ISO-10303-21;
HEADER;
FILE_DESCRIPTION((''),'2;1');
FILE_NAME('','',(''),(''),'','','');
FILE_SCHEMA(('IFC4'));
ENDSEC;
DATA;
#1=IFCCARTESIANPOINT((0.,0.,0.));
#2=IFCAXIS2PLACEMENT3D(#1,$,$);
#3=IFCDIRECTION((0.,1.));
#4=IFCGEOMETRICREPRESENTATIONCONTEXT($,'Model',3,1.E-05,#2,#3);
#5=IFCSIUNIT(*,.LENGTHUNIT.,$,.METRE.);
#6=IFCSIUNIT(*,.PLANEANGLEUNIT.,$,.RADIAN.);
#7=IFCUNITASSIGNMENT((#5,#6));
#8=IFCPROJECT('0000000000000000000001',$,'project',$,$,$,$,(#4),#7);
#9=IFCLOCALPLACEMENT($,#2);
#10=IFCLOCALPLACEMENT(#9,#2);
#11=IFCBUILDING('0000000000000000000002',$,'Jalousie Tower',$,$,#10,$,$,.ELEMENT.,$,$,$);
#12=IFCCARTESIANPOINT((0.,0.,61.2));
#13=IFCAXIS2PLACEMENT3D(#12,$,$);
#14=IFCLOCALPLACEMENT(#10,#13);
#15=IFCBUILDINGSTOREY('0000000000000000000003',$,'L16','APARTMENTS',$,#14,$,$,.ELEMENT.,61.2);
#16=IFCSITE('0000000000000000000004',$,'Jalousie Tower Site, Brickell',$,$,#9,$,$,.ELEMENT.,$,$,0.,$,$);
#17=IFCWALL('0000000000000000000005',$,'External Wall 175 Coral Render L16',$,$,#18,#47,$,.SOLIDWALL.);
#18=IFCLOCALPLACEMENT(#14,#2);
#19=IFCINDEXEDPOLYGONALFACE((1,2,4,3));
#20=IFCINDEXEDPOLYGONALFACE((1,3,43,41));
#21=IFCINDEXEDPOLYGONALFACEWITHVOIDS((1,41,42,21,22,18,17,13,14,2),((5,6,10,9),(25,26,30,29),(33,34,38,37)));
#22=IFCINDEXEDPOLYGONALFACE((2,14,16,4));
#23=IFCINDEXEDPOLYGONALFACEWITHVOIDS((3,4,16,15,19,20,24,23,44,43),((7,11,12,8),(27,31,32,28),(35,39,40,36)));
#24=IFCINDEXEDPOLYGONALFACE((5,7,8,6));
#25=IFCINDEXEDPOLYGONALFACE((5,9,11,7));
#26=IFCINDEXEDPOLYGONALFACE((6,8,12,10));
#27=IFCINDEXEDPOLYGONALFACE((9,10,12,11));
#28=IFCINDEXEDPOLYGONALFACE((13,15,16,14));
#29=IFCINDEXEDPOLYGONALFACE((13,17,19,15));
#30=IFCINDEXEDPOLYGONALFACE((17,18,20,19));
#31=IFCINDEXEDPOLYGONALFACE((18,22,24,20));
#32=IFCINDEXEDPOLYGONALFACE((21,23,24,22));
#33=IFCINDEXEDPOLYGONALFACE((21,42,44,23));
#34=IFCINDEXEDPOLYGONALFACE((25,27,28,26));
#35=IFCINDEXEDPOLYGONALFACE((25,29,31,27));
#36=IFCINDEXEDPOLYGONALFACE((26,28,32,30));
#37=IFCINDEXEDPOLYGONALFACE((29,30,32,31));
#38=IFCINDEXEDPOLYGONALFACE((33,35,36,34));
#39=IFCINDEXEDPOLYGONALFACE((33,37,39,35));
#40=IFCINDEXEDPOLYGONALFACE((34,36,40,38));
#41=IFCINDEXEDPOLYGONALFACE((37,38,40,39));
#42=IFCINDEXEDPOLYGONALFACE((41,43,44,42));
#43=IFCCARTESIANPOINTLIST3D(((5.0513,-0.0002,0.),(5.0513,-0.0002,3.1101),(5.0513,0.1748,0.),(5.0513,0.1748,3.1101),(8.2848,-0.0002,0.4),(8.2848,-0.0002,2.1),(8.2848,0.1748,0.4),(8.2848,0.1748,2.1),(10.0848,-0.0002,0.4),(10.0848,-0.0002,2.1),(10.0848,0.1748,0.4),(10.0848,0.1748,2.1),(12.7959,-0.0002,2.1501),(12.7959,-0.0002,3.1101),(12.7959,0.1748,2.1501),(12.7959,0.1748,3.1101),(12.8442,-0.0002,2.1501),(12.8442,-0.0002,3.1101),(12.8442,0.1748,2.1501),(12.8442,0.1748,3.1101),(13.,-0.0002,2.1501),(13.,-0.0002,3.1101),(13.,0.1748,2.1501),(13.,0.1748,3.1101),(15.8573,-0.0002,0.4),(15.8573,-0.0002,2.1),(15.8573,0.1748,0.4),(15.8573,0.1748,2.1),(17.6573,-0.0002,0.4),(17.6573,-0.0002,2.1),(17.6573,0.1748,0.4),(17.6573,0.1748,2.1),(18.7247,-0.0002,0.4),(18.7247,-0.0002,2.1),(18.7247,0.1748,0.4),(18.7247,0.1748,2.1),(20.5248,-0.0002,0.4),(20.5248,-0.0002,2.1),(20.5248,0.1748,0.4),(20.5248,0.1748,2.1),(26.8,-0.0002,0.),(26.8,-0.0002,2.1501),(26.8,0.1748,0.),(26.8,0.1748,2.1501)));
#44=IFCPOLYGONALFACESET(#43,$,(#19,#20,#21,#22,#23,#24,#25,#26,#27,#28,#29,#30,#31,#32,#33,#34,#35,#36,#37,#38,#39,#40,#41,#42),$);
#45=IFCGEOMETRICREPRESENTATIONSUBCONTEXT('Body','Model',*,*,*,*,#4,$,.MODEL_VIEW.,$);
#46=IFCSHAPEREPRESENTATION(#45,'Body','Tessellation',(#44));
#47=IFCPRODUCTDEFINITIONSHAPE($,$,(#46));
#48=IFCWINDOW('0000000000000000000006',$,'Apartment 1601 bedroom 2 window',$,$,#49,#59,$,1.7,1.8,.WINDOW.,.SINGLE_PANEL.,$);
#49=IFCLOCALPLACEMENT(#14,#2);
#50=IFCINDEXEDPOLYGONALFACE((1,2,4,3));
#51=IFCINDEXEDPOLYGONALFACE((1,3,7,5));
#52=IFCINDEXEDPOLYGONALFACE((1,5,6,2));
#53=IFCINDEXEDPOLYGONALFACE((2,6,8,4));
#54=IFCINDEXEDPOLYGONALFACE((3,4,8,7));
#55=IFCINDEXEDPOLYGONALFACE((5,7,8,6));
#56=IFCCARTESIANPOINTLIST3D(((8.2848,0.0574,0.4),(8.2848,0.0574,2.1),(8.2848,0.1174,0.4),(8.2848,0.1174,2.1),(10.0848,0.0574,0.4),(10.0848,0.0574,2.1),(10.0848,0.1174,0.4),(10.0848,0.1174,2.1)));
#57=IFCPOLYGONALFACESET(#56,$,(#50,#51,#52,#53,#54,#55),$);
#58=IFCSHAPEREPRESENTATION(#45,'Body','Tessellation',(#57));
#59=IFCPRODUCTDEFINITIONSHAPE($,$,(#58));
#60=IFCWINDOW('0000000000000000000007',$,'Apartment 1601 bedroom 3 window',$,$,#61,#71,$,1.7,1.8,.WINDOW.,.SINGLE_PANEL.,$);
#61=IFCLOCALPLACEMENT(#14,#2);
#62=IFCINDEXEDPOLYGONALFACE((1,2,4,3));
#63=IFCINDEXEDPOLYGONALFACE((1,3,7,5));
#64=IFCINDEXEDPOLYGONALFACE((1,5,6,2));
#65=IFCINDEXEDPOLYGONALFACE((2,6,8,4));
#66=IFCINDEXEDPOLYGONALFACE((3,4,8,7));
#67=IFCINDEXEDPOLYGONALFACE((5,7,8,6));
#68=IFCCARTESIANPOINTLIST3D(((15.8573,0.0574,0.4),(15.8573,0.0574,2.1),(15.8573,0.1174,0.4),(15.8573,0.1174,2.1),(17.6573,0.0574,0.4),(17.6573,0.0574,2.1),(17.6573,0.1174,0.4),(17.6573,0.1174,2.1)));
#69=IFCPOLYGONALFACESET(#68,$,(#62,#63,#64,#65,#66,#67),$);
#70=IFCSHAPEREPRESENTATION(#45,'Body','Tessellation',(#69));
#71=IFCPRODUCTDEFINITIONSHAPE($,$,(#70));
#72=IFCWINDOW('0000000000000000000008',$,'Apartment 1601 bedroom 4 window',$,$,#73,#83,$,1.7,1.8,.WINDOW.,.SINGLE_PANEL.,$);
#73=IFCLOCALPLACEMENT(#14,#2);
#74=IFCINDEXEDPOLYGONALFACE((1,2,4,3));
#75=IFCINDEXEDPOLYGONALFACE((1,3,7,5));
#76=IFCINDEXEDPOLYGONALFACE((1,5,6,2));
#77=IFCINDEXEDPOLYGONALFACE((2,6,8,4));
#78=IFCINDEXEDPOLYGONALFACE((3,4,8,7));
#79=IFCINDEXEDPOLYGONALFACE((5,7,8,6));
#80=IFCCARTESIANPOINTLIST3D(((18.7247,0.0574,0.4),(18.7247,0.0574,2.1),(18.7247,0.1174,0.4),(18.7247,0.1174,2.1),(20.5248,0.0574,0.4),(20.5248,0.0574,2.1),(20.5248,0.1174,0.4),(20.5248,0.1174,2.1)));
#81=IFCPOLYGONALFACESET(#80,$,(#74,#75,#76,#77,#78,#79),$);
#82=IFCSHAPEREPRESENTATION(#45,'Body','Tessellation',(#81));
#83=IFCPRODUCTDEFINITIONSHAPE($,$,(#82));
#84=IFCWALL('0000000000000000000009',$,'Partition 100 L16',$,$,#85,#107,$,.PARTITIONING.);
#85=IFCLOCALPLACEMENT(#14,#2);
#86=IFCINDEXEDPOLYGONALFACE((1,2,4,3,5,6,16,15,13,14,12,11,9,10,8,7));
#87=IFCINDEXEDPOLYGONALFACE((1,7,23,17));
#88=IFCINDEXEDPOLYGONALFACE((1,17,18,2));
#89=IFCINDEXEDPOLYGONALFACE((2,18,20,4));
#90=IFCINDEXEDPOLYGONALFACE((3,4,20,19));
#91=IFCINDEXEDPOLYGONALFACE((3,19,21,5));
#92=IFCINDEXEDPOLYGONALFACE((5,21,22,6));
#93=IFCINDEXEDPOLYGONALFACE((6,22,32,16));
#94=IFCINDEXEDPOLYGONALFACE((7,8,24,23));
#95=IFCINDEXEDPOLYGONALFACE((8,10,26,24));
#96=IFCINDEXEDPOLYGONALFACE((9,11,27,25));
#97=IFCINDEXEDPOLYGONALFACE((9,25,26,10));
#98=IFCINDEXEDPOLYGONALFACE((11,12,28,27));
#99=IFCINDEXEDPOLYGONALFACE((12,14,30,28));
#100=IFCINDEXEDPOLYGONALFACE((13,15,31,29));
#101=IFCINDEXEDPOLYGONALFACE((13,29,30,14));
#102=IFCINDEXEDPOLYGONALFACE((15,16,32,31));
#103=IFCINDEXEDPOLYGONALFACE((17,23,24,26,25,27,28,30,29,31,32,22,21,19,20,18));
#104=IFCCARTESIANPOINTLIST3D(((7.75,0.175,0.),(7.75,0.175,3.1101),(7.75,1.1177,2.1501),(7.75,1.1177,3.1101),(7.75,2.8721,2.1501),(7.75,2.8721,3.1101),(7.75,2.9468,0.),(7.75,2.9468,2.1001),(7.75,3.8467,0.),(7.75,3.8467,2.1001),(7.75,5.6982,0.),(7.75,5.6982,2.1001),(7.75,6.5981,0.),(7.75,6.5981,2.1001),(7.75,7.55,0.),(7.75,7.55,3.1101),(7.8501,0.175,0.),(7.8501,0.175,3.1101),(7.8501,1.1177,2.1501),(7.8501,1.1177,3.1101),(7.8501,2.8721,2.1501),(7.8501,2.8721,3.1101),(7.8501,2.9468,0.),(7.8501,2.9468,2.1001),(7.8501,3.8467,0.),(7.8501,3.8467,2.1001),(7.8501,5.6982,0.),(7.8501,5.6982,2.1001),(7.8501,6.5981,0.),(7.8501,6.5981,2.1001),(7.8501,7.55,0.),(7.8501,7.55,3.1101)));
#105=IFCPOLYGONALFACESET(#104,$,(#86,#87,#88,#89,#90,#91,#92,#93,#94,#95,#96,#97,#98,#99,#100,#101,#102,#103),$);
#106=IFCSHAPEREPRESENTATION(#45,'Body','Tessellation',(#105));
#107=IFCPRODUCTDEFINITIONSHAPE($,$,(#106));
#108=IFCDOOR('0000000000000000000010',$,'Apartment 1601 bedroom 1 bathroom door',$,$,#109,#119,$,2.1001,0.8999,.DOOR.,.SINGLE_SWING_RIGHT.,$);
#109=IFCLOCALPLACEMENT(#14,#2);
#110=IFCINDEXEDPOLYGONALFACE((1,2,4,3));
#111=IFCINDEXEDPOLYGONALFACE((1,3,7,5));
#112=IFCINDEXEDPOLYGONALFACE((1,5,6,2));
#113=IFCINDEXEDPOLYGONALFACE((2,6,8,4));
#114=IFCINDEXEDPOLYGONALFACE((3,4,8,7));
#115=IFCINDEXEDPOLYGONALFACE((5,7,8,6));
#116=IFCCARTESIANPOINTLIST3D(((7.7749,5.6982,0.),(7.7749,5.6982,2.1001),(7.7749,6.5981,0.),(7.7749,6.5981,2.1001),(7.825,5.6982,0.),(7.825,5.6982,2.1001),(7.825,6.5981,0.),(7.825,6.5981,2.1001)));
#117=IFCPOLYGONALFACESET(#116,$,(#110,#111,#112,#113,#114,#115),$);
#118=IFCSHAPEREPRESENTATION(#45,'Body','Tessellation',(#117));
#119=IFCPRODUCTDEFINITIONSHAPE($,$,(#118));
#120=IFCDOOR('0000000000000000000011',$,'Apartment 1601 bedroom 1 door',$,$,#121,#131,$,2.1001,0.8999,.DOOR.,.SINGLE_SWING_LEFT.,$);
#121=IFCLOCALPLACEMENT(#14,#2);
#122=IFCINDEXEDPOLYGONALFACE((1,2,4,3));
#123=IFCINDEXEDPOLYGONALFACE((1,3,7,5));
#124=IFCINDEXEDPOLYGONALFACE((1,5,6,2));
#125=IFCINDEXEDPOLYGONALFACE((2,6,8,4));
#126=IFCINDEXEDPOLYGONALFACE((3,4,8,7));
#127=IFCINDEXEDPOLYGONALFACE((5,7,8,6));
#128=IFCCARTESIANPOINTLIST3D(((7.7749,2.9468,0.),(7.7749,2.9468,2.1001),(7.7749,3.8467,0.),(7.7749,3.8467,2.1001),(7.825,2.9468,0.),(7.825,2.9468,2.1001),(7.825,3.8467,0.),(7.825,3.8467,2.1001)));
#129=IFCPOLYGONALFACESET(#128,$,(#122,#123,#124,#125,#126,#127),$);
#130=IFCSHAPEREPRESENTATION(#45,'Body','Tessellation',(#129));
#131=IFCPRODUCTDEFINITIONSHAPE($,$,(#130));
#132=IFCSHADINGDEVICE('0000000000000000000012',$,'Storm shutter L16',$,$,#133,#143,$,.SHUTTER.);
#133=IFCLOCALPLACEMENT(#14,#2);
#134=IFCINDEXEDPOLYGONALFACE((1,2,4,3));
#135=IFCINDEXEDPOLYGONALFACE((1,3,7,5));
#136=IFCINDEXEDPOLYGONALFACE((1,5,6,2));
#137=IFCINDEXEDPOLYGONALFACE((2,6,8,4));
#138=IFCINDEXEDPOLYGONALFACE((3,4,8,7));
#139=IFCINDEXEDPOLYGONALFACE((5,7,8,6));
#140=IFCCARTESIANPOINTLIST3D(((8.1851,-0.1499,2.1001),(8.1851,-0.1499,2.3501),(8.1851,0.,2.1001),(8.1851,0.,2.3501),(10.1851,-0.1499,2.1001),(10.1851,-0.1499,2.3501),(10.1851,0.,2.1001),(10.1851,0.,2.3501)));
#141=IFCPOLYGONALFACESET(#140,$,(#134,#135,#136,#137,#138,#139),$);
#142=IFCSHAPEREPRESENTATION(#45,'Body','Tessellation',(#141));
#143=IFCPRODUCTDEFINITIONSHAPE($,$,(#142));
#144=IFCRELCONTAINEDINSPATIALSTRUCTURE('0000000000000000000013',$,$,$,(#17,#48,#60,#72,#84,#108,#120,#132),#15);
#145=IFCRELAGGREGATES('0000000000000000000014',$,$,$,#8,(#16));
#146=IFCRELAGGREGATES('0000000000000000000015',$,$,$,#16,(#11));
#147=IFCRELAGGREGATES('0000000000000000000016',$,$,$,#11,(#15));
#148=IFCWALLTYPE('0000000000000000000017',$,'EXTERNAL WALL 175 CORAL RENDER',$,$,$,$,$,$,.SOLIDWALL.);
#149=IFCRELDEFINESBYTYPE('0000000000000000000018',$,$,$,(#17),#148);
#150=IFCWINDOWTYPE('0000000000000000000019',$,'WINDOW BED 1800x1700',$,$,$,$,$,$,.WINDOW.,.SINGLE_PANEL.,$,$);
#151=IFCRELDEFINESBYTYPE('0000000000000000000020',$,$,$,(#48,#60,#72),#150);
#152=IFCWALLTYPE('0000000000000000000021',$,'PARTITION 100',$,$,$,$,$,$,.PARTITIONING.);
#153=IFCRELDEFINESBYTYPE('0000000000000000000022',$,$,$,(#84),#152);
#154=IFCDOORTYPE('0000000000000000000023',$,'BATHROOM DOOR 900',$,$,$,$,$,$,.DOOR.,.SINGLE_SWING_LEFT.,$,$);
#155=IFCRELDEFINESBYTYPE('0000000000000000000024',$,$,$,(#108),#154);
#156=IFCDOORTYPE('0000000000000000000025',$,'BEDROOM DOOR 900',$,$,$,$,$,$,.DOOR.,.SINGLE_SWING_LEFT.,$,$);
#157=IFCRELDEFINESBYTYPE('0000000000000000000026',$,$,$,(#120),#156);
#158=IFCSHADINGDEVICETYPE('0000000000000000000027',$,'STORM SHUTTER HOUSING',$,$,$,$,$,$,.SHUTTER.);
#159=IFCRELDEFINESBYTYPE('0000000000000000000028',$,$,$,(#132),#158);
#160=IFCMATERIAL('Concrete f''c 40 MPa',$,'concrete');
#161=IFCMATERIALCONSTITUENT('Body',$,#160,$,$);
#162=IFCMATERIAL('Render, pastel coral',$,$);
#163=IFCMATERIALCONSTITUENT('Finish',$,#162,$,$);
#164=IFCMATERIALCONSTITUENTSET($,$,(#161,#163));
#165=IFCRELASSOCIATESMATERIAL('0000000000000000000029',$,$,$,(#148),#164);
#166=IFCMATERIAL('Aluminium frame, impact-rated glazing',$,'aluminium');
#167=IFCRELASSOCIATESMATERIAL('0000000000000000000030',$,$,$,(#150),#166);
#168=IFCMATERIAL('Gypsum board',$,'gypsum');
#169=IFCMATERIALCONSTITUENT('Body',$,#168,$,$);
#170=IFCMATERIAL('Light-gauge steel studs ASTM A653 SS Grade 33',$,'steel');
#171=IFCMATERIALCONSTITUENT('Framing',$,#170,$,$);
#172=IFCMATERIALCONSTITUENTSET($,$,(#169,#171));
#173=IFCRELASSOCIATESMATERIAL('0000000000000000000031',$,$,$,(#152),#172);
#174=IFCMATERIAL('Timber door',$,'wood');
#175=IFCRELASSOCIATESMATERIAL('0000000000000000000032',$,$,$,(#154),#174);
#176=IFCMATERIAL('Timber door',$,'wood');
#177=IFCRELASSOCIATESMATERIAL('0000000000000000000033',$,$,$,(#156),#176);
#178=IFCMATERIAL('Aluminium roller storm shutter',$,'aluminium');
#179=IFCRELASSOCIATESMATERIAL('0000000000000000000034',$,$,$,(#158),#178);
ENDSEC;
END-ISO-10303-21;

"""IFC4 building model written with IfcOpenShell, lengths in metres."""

from ifc_helpers import new_model, si_unit, direction, frame, frame_2d, origin, origin_2d, place, context, subcontext, project, spatial, polyline, rectangle, outline, extrude, material, constituent, constituent_set, type_object, element, fill, save


model = new_model("IFC4")

# Units and contexts
model_context = context("Model", 3, precision=1e-05, world=origin(), true_north=direction((0.0, 1.0)))
body_context = subcontext(model_context, "Body", "Model", "MODEL_VIEW")
ifc_project = project(units=[si_unit("LENGTHUNIT", "METRE"), si_unit("PLANEANGLEUNIT", "RADIAN")], contexts=[model_context])

# Site, building, storey
site_placement = place(None, origin())
site = spatial("IfcSite", under=ifc_project, at=site_placement, Name="Jalousie Tower Site, Brickell", CompositionType="ELEMENT", RefElevation=0.0)
building_placement = place(site_placement, origin())
building = spatial("IfcBuilding", under=site, at=building_placement, Name="Jalousie Tower", CompositionType="ELEMENT")
storey_placement = place(building_placement, frame((0.0, 0.0, 61.2)))
storey = spatial("IfcBuildingStorey", under=building, at=storey_placement, Name="L16", Description="APARTMENTS", CompositionType="ELEMENT", Elevation=61.2)

# Wall, openings, windows
ifc_material_1 = material(Name="Concrete f'c 40 MPa", Category="concrete")
ifc_constituent_1 = constituent(ifc_material_1, Name="Body")
ifc_material_2 = material(Name="Render, pastel coral")
ifc_constituent_2 = constituent(ifc_material_2, Name="Finish")
ifc_constituent_set_1 = constituent_set(constituents=[ifc_constituent_1, ifc_constituent_2])
wall_type_1 = type_object("IfcWallType", Name="EXTERNAL WALL 175 CORAL RENDER", PredefinedType="SOLIDWALL", material=ifc_constituent_set_1)
wall_1_placement = place(storey_placement, frame((5.0513, 0.0874, 0.0), z_axis=(0.0, 0.0, 1.0), x_axis=(1.0, 0.0, 0.0)))
wall_1 = element("IfcWall", 1, at=wall_1_placement, inside=storey, type_object=wall_type_1, Name="External Wall 175 Coral Render L16", PredefinedType="SOLIDWALL", context=body_context, shape_type="SweptSolid", body=[
    extrude(outline(polyline([(0.0, 0.0), (21.7488, 0.0), (21.7488, 2.1501), (7.9487, 2.1501), (7.9487, 3.1101), (7.793, 3.1101), (7.793, 2.1501), (7.7446, 2.1501), (7.7446, 3.1101), (0.0, 3.1101), (0.0, 0.0)])), frame((0.0, 0.0874, 0.0), z_axis=(0.0, -1.0, 0.0), x_axis=(1.0, 0.0, 0.0)), (0.0, 0.0, 1.0), 0.175),
])
opening_1_placement = place(wall_1_placement, frame((3.2336, 0.0, 0.3999)))
opening_1 = element("IfcOpeningElement", 2, at=opening_1_placement, cuts=wall_1, PredefinedType="OPENING", context=body_context, shape_type="SweptSolid", body=[
    extrude(rectangle(XDim=1.8, YDim=1.7, at=frame_2d((0.8999, 0.8501))), frame((0.0, 0.0974, 0.0), z_axis=(0.0, -1.0, 0.0), x_axis=(1.0, 0.0, 0.0)), (0.0, 0.0, 1.0), 0.1951),
])
opening_2_placement = place(wall_1_placement, frame((10.8062, 0.0, 0.3999)))
opening_2 = element("IfcOpeningElement", 3, at=opening_2_placement, cuts=wall_1, PredefinedType="OPENING", context=body_context, shape_type="SweptSolid", body=[
    extrude(rectangle(XDim=1.8, YDim=1.7, at=frame_2d((0.8999, 0.8501))), frame((0.0, 0.0974, 0.0), z_axis=(0.0, -1.0, 0.0), x_axis=(1.0, 0.0, 0.0)), (0.0, 0.0, 1.0), 0.1951),
])
opening_3_placement = place(wall_1_placement, frame((13.6736, 0.0, 0.3999)))
opening_3 = element("IfcOpeningElement", 4, at=opening_3_placement, cuts=wall_1, PredefinedType="OPENING", context=body_context, shape_type="SweptSolid", body=[
    extrude(rectangle(XDim=1.8, YDim=1.7, at=frame_2d((0.8999, 0.8501))), frame((0.0, 0.0974, 0.0), z_axis=(0.0, -1.0, 0.0), x_axis=(1.0, 0.0, 0.0)), (0.0, 0.0, 1.0), 0.1951),
])
ifc_material_3 = material(Name="Aluminium frame, impact-rated glazing", Category="aluminium")
window_type = type_object("IfcWindowType", Name="WINDOW BED 1800x1700", PartitioningType="SINGLE_PANEL", PredefinedType="WINDOW", material=ifc_material_3)
window_1_placement = place(opening_1_placement, origin())
window_1 = element("IfcWindow", 5, at=window_1_placement, inside=storey, type_object=window_type, Name="Apartment 1601 bedroom 2 window", OverallHeight=1.7, OverallWidth=1.8, PartitioningType="SINGLE_PANEL", PredefinedType="WINDOW", context=body_context, shape_type="SweptSolid", body=[
    extrude(rectangle(XDim=1.8, YDim=1.7, at=frame_2d((0.8999, 0.8501))), frame((0.0, 0.03, 0.0), z_axis=(0.0, -1.0, 0.0), x_axis=(1.0, 0.0, 0.0)), (0.0, 0.0, 1.0), 0.0601),
])
fill(opening_1, window_1)
window_2_placement = place(opening_2_placement, origin())
window_2 = element("IfcWindow", 6, at=window_2_placement, inside=storey, type_object=window_type, Name="Apartment 1601 bedroom 3 window", OverallHeight=1.7, OverallWidth=1.8, PartitioningType="SINGLE_PANEL", PredefinedType="WINDOW", context=body_context, shape_type="SweptSolid", body=[
    extrude(rectangle(XDim=1.8, YDim=1.7, at=frame_2d((0.8999, 0.8501))), frame((0.0, 0.03, 0.0), z_axis=(0.0, -1.0, 0.0), x_axis=(1.0, 0.0, 0.0)), (0.0, 0.0, 1.0), 0.0601),
])
fill(opening_2, window_2)
window_3_placement = place(opening_3_placement, origin())
window_3 = element("IfcWindow", 7, at=window_3_placement, inside=storey, type_object=window_type, Name="Apartment 1601 bedroom 4 window", OverallHeight=1.7, OverallWidth=1.8, PartitioningType="SINGLE_PANEL", PredefinedType="WINDOW", context=body_context, shape_type="SweptSolid", body=[
    extrude(rectangle(XDim=1.8, YDim=1.7, at=frame_2d((0.8999, 0.8501))), frame((0.0, 0.03, 0.0), z_axis=(0.0, -1.0, 0.0), x_axis=(1.0, 0.0, 0.0)), (0.0, 0.0, 1.0), 0.0601),
])
fill(opening_3, window_3)

# Wall, openings, doors
ifc_material_4 = material(Name="Gypsum board", Category="gypsum")
ifc_constituent_3 = constituent(ifc_material_4, Name="Body")
ifc_material_5 = material(Name="Light-gauge steel studs ASTM A653 SS Grade 33", Category="steel")
ifc_constituent_4 = constituent(ifc_material_5, Name="Framing")
ifc_constituent_set_2 = constituent_set(constituents=[ifc_constituent_3, ifc_constituent_4])
wall_type_2 = type_object("IfcWallType", Name="PARTITION 100", PredefinedType="PARTITIONING", material=ifc_constituent_set_2)
wall_2_placement = place(storey_placement, frame((7.8, 0.175, 0.0), z_axis=(0.0, 0.0, 1.0), x_axis=(0.0, 1.0, 0.0)))
wall_2 = element("IfcWall", 8, at=wall_2_placement, inside=storey, type_object=wall_type_2, Name="Partition 100 L16", PredefinedType="PARTITIONING", context=body_context, shape_type="SweptSolid", body=[
    extrude(outline(polyline([(0.0, 0.0), (7.375, 0.0), (7.375, 3.1101), (2.697, 3.1101), (2.697, 2.1501), (0.9426, 2.1501), (0.9426, 3.1101), (0.0, 3.1101), (0.0, 0.0)])), frame((0.0, 0.05, 0.0), z_axis=(0.0, -1.0, 0.0), x_axis=(1.0, 0.0, 0.0)), (0.0, 0.0, 1.0), 0.1001),
])
opening_4_placement = place(wall_2_placement, frame((2.7717, 0.0, 0.0)))
opening_4 = element("IfcOpeningElement", 9, at=opening_4_placement, cuts=wall_2, PredefinedType="OPENING", context=body_context, shape_type="SweptSolid", body=[
    extrude(rectangle(XDim=0.8999, YDim=2.1001, at=frame_2d((0.45, 1.05))), frame((0.0, 0.0601, 0.0), z_axis=(0.0, -1.0, 0.0), x_axis=(1.0, 0.0, 0.0)), (0.0, 0.0, 1.0), 0.1201),
])
opening_5_placement = place(wall_2_placement, frame((5.5232, 0.0, 0.0)))
opening_5 = element("IfcOpeningElement", 10, at=opening_5_placement, cuts=wall_2, PredefinedType="OPENING", context=body_context, shape_type="SweptSolid", body=[
    extrude(rectangle(XDim=0.8999, YDim=2.1001, at=frame_2d((0.45, 1.05))), frame((0.0, 0.0601, 0.0), z_axis=(0.0, -1.0, 0.0), x_axis=(1.0, 0.0, 0.0)), (0.0, 0.0, 1.0), 0.1201),
])
ifc_material_6 = material(Name="Timber door", Category="wood")
door_type_1 = type_object("IfcDoorType", Name="BATHROOM DOOR 900", OperationType="SINGLE_SWING_LEFT", PredefinedType="DOOR", material=ifc_material_6)
door_1_placement = place(opening_5_placement, frame((0.8999, 0.0, 0.0), z_axis=(0.0, 0.0, 1.0), x_axis=(-1.0, 0.0, 0.0)))
door_1 = element("IfcDoor", 11, at=door_1_placement, inside=storey, type_object=door_type_1, Name="Apartment 1601 bedroom 1 bathroom door", OperationType="SINGLE_SWING_RIGHT", OverallHeight=2.1001, OverallWidth=0.8999, PredefinedType="DOOR", context=body_context, shape_type="SweptSolid", body=[
    extrude(rectangle(XDim=0.8999, YDim=2.1001, at=frame_2d((0.45, 1.05))), frame((0.0, 0.0249, 0.0), z_axis=(0.0, -1.0, 0.0), x_axis=(1.0, 0.0, 0.0)), (0.0, 0.0, 1.0), 0.05),
])
fill(opening_5, door_1)
ifc_material_7 = material(Name="Timber door", Category="wood")
door_type_2 = type_object("IfcDoorType", Name="BEDROOM DOOR 900", OperationType="SINGLE_SWING_LEFT", PredefinedType="DOOR", material=ifc_material_7)
door_2_placement = place(opening_4_placement, frame((0.8999, 0.0, 0.0), z_axis=(0.0, 0.0, 1.0), x_axis=(-1.0, 0.0, 0.0)))
door_2 = element("IfcDoor", 12, at=door_2_placement, inside=storey, type_object=door_type_2, Name="Apartment 1601 bedroom 1 door", OperationType="SINGLE_SWING_LEFT", OverallHeight=2.1001, OverallWidth=0.8999, PredefinedType="DOOR", context=body_context, shape_type="SweptSolid", body=[
    extrude(rectangle(XDim=0.8999, YDim=2.1001, at=frame_2d((0.45, 1.05))), frame((0.0, 0.0249, 0.0), z_axis=(0.0, -1.0, 0.0), x_axis=(1.0, 0.0, 0.0)), (0.0, 0.0, 1.0), 0.05),
])
fill(opening_4, door_2)

# Shading device
ifc_material_8 = material(Name="Aluminium roller storm shutter", Category="aluminium")
shading_device_type = type_object("IfcShadingDeviceType", Name="STORM SHUTTER HOUSING", PredefinedType="SHUTTER", material=ifc_material_8)
shading_device_placement = place(storey_placement, frame((9.1851, -0.075, 2.1001), z_axis=(0.0, 0.0, 1.0), x_axis=(1.0, 0.0, 0.0)))
element("IfcShadingDevice", 13, at=shading_device_placement, inside=storey, type_object=shading_device_type, Name="Storm shutter L16", PredefinedType="SHUTTER", context=body_context, shape_type="SweptSolid", body=[
    extrude(rectangle(XDim=2.0, YDim=0.1499, at=origin_2d()), origin(), (0.0, 0.0, 1.0), 0.25),
])

save(model, "model.ifc")
